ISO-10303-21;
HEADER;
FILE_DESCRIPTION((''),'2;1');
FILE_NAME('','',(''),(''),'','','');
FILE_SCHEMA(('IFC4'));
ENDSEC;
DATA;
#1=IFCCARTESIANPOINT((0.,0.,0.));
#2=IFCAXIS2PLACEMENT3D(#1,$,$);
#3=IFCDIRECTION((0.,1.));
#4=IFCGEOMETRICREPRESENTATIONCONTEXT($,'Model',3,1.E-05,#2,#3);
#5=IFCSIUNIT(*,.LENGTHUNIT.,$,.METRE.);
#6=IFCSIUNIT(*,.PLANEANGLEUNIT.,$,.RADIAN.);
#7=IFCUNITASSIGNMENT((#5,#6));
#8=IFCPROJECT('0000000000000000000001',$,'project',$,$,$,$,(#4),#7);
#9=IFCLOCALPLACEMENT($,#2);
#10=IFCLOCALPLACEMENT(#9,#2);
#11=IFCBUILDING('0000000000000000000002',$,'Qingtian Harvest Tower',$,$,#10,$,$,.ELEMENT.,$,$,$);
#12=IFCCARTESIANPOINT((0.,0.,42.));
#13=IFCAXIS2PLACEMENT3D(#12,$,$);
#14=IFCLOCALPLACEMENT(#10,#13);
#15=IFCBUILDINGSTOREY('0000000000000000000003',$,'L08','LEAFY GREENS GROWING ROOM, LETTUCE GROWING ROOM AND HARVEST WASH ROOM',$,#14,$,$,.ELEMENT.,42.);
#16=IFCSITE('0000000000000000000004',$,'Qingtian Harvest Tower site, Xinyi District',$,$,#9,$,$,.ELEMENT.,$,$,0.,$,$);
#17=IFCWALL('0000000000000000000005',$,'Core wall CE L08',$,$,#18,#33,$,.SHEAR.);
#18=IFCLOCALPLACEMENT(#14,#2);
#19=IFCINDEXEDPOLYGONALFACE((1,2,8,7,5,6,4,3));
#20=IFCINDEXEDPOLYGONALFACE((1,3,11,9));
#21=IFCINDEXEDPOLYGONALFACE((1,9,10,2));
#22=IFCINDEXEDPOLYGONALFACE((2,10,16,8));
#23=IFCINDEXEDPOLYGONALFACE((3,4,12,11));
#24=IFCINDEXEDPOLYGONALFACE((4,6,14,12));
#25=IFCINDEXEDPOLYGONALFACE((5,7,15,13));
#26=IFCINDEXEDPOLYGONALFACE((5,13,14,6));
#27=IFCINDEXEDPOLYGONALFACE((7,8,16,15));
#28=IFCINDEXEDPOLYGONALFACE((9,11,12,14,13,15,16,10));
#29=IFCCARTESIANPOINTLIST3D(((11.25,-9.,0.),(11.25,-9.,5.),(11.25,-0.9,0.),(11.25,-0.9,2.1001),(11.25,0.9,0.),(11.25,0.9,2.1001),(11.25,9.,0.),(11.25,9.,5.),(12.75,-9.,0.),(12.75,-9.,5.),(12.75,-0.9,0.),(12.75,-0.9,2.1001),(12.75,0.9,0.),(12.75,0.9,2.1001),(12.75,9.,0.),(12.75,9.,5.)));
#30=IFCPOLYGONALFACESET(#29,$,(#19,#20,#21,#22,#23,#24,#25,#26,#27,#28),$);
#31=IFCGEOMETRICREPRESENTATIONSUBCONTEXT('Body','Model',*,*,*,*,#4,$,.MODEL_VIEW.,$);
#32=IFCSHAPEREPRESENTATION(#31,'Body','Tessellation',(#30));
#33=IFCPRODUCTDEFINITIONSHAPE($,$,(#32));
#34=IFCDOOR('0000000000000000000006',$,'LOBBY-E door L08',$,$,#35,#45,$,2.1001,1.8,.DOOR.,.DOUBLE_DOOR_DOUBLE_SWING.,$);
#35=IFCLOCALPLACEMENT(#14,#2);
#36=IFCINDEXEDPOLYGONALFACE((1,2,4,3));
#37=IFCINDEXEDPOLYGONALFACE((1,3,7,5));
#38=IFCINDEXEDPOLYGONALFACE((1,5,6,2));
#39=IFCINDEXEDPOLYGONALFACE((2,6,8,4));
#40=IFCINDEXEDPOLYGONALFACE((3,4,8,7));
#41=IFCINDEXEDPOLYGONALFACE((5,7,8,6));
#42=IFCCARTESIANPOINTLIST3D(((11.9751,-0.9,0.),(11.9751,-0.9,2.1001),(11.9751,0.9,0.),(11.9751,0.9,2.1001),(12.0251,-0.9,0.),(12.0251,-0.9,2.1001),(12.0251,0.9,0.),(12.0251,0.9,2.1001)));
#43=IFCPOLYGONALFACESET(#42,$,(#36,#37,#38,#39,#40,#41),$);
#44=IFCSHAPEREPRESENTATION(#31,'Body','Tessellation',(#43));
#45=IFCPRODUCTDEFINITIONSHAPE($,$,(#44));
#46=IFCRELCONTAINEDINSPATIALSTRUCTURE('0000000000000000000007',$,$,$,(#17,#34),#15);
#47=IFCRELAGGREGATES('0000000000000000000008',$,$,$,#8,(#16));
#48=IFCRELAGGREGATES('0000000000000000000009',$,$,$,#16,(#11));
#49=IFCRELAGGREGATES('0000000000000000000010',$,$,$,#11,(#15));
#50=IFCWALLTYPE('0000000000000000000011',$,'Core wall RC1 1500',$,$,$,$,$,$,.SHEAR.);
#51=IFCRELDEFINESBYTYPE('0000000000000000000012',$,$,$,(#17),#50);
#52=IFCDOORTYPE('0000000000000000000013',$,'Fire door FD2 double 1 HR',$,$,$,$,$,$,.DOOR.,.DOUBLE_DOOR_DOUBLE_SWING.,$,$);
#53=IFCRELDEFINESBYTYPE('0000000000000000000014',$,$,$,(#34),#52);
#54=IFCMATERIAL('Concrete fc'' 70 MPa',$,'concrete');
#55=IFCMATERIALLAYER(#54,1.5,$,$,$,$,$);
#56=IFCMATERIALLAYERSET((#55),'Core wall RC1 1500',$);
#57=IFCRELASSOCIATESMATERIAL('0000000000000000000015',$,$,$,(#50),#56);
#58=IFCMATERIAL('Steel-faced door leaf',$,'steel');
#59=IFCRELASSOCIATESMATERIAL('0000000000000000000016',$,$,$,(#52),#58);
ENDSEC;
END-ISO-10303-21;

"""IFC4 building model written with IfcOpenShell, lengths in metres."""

from ifc_helpers import new_model, si_unit, direction, frame, frame_2d, origin, place, context, subcontext, project, spatial, rectangle, extrude, material, layer, layer_set, type_object, element, fill, save


model = new_model("IFC4")

# Units and contexts
model_context = context("Model", 3, precision=1e-05, world=origin(), true_north=direction((0.0, 1.0)))
body_context = subcontext(model_context, "Body", "Model", "MODEL_VIEW")
ifc_project = project(units=[si_unit("LENGTHUNIT", "METRE"), si_unit("PLANEANGLEUNIT", "RADIAN")], contexts=[model_context])

# Site, building, storey
site_placement = place(None, origin())
site = spatial("IfcSite", under=ifc_project, at=site_placement, Name="Qingtian Harvest Tower site, Xinyi District", CompositionType="ELEMENT", RefElevation=0.0)
building_placement = place(site_placement, origin())
building = spatial("IfcBuilding", under=site, at=building_placement, Name="Qingtian Harvest Tower", CompositionType="ELEMENT")
storey_placement = place(building_placement, frame((0.0, 0.0, 42.0)))
storey = spatial("IfcBuildingStorey", under=building, at=storey_placement, Name="L08", Description="LEAFY GREENS GROWING ROOM, LETTUCE GROWING ROOM AND HARVEST WASH ROOM", CompositionType="ELEMENT", Elevation=42.0)

# Wall, opening, door
ifc_material_1 = material(Name="Concrete fc' 70 MPa", Category="concrete")
ifc_layer_1 = layer(ifc_material_1, 1.5)
ifc_layer_set_1 = layer_set([ifc_layer_1], Name="Core wall RC1 1500")
wall_type_1 = type_object("IfcWallType", Name="Core wall RC1 1500", PredefinedType="SHEAR", material=ifc_layer_set_1)
wall_1_placement = place(storey_placement, frame((12.0, -9.0, 0.0), z_axis=(0.0, 0.0, 1.0), x_axis=(0.0, 1.0, 0.0)))
wall_1 = element("IfcWall", 1, at=wall_1_placement, inside=storey, type_object=wall_type_1, Name="Core wall CE L08", PredefinedType="SHEAR", context=body_context, shape_type="SweptSolid", body=[
    extrude(rectangle(XDim=18.0, YDim=1.5, at=frame_2d((9.0, 0.0))), origin(), (0.0, 0.0, 1.0), 5.0),
])
opening_1_placement = place(wall_1_placement, frame((8.1001, 0.0, 0.0)))
opening_1 = element("IfcOpeningElement", 2, at=opening_1_placement, cuts=wall_1, PredefinedType="OPENING", context=body_context, shape_type="SweptSolid", body=[
    extrude(rectangle(XDim=1.8, YDim=2.1001, at=frame_2d((0.8999, 1.05))), frame((0.0, 0.76, 0.0), z_axis=(0.0, -1.0, 0.0), x_axis=(1.0, 0.0, 0.0)), (0.0, 0.0, 1.0), 1.52),
])
ifc_material_2 = material(Name="Steel-faced door leaf", Category="steel")
door_type_1 = type_object("IfcDoorType", Name="Fire door FD2 double 1 HR", OperationType="DOUBLE_DOOR_DOUBLE_SWING", PredefinedType="DOOR", material=ifc_material_2)
door_1_placement = place(opening_1_placement, origin())
door_1 = element("IfcDoor", 3, at=door_1_placement, inside=storey, type_object=door_type_1, Name="LOBBY-E door L08", OperationType="DOUBLE_DOOR_DOUBLE_SWING", OverallHeight=2.1001, OverallWidth=1.8, PredefinedType="DOOR", context=body_context, shape_type="SweptSolid", body=[
    extrude(rectangle(XDim=1.8, YDim=2.1001, at=frame_2d((0.8999, 1.05))), frame((0.0, 0.0249, 0.0), z_axis=(0.0, -1.0, 0.0), x_axis=(1.0, 0.0, 0.0)), (0.0, 0.0, 1.0), 0.05),
])
fill(opening_1, door_1)

save(model, "model.ifc")
